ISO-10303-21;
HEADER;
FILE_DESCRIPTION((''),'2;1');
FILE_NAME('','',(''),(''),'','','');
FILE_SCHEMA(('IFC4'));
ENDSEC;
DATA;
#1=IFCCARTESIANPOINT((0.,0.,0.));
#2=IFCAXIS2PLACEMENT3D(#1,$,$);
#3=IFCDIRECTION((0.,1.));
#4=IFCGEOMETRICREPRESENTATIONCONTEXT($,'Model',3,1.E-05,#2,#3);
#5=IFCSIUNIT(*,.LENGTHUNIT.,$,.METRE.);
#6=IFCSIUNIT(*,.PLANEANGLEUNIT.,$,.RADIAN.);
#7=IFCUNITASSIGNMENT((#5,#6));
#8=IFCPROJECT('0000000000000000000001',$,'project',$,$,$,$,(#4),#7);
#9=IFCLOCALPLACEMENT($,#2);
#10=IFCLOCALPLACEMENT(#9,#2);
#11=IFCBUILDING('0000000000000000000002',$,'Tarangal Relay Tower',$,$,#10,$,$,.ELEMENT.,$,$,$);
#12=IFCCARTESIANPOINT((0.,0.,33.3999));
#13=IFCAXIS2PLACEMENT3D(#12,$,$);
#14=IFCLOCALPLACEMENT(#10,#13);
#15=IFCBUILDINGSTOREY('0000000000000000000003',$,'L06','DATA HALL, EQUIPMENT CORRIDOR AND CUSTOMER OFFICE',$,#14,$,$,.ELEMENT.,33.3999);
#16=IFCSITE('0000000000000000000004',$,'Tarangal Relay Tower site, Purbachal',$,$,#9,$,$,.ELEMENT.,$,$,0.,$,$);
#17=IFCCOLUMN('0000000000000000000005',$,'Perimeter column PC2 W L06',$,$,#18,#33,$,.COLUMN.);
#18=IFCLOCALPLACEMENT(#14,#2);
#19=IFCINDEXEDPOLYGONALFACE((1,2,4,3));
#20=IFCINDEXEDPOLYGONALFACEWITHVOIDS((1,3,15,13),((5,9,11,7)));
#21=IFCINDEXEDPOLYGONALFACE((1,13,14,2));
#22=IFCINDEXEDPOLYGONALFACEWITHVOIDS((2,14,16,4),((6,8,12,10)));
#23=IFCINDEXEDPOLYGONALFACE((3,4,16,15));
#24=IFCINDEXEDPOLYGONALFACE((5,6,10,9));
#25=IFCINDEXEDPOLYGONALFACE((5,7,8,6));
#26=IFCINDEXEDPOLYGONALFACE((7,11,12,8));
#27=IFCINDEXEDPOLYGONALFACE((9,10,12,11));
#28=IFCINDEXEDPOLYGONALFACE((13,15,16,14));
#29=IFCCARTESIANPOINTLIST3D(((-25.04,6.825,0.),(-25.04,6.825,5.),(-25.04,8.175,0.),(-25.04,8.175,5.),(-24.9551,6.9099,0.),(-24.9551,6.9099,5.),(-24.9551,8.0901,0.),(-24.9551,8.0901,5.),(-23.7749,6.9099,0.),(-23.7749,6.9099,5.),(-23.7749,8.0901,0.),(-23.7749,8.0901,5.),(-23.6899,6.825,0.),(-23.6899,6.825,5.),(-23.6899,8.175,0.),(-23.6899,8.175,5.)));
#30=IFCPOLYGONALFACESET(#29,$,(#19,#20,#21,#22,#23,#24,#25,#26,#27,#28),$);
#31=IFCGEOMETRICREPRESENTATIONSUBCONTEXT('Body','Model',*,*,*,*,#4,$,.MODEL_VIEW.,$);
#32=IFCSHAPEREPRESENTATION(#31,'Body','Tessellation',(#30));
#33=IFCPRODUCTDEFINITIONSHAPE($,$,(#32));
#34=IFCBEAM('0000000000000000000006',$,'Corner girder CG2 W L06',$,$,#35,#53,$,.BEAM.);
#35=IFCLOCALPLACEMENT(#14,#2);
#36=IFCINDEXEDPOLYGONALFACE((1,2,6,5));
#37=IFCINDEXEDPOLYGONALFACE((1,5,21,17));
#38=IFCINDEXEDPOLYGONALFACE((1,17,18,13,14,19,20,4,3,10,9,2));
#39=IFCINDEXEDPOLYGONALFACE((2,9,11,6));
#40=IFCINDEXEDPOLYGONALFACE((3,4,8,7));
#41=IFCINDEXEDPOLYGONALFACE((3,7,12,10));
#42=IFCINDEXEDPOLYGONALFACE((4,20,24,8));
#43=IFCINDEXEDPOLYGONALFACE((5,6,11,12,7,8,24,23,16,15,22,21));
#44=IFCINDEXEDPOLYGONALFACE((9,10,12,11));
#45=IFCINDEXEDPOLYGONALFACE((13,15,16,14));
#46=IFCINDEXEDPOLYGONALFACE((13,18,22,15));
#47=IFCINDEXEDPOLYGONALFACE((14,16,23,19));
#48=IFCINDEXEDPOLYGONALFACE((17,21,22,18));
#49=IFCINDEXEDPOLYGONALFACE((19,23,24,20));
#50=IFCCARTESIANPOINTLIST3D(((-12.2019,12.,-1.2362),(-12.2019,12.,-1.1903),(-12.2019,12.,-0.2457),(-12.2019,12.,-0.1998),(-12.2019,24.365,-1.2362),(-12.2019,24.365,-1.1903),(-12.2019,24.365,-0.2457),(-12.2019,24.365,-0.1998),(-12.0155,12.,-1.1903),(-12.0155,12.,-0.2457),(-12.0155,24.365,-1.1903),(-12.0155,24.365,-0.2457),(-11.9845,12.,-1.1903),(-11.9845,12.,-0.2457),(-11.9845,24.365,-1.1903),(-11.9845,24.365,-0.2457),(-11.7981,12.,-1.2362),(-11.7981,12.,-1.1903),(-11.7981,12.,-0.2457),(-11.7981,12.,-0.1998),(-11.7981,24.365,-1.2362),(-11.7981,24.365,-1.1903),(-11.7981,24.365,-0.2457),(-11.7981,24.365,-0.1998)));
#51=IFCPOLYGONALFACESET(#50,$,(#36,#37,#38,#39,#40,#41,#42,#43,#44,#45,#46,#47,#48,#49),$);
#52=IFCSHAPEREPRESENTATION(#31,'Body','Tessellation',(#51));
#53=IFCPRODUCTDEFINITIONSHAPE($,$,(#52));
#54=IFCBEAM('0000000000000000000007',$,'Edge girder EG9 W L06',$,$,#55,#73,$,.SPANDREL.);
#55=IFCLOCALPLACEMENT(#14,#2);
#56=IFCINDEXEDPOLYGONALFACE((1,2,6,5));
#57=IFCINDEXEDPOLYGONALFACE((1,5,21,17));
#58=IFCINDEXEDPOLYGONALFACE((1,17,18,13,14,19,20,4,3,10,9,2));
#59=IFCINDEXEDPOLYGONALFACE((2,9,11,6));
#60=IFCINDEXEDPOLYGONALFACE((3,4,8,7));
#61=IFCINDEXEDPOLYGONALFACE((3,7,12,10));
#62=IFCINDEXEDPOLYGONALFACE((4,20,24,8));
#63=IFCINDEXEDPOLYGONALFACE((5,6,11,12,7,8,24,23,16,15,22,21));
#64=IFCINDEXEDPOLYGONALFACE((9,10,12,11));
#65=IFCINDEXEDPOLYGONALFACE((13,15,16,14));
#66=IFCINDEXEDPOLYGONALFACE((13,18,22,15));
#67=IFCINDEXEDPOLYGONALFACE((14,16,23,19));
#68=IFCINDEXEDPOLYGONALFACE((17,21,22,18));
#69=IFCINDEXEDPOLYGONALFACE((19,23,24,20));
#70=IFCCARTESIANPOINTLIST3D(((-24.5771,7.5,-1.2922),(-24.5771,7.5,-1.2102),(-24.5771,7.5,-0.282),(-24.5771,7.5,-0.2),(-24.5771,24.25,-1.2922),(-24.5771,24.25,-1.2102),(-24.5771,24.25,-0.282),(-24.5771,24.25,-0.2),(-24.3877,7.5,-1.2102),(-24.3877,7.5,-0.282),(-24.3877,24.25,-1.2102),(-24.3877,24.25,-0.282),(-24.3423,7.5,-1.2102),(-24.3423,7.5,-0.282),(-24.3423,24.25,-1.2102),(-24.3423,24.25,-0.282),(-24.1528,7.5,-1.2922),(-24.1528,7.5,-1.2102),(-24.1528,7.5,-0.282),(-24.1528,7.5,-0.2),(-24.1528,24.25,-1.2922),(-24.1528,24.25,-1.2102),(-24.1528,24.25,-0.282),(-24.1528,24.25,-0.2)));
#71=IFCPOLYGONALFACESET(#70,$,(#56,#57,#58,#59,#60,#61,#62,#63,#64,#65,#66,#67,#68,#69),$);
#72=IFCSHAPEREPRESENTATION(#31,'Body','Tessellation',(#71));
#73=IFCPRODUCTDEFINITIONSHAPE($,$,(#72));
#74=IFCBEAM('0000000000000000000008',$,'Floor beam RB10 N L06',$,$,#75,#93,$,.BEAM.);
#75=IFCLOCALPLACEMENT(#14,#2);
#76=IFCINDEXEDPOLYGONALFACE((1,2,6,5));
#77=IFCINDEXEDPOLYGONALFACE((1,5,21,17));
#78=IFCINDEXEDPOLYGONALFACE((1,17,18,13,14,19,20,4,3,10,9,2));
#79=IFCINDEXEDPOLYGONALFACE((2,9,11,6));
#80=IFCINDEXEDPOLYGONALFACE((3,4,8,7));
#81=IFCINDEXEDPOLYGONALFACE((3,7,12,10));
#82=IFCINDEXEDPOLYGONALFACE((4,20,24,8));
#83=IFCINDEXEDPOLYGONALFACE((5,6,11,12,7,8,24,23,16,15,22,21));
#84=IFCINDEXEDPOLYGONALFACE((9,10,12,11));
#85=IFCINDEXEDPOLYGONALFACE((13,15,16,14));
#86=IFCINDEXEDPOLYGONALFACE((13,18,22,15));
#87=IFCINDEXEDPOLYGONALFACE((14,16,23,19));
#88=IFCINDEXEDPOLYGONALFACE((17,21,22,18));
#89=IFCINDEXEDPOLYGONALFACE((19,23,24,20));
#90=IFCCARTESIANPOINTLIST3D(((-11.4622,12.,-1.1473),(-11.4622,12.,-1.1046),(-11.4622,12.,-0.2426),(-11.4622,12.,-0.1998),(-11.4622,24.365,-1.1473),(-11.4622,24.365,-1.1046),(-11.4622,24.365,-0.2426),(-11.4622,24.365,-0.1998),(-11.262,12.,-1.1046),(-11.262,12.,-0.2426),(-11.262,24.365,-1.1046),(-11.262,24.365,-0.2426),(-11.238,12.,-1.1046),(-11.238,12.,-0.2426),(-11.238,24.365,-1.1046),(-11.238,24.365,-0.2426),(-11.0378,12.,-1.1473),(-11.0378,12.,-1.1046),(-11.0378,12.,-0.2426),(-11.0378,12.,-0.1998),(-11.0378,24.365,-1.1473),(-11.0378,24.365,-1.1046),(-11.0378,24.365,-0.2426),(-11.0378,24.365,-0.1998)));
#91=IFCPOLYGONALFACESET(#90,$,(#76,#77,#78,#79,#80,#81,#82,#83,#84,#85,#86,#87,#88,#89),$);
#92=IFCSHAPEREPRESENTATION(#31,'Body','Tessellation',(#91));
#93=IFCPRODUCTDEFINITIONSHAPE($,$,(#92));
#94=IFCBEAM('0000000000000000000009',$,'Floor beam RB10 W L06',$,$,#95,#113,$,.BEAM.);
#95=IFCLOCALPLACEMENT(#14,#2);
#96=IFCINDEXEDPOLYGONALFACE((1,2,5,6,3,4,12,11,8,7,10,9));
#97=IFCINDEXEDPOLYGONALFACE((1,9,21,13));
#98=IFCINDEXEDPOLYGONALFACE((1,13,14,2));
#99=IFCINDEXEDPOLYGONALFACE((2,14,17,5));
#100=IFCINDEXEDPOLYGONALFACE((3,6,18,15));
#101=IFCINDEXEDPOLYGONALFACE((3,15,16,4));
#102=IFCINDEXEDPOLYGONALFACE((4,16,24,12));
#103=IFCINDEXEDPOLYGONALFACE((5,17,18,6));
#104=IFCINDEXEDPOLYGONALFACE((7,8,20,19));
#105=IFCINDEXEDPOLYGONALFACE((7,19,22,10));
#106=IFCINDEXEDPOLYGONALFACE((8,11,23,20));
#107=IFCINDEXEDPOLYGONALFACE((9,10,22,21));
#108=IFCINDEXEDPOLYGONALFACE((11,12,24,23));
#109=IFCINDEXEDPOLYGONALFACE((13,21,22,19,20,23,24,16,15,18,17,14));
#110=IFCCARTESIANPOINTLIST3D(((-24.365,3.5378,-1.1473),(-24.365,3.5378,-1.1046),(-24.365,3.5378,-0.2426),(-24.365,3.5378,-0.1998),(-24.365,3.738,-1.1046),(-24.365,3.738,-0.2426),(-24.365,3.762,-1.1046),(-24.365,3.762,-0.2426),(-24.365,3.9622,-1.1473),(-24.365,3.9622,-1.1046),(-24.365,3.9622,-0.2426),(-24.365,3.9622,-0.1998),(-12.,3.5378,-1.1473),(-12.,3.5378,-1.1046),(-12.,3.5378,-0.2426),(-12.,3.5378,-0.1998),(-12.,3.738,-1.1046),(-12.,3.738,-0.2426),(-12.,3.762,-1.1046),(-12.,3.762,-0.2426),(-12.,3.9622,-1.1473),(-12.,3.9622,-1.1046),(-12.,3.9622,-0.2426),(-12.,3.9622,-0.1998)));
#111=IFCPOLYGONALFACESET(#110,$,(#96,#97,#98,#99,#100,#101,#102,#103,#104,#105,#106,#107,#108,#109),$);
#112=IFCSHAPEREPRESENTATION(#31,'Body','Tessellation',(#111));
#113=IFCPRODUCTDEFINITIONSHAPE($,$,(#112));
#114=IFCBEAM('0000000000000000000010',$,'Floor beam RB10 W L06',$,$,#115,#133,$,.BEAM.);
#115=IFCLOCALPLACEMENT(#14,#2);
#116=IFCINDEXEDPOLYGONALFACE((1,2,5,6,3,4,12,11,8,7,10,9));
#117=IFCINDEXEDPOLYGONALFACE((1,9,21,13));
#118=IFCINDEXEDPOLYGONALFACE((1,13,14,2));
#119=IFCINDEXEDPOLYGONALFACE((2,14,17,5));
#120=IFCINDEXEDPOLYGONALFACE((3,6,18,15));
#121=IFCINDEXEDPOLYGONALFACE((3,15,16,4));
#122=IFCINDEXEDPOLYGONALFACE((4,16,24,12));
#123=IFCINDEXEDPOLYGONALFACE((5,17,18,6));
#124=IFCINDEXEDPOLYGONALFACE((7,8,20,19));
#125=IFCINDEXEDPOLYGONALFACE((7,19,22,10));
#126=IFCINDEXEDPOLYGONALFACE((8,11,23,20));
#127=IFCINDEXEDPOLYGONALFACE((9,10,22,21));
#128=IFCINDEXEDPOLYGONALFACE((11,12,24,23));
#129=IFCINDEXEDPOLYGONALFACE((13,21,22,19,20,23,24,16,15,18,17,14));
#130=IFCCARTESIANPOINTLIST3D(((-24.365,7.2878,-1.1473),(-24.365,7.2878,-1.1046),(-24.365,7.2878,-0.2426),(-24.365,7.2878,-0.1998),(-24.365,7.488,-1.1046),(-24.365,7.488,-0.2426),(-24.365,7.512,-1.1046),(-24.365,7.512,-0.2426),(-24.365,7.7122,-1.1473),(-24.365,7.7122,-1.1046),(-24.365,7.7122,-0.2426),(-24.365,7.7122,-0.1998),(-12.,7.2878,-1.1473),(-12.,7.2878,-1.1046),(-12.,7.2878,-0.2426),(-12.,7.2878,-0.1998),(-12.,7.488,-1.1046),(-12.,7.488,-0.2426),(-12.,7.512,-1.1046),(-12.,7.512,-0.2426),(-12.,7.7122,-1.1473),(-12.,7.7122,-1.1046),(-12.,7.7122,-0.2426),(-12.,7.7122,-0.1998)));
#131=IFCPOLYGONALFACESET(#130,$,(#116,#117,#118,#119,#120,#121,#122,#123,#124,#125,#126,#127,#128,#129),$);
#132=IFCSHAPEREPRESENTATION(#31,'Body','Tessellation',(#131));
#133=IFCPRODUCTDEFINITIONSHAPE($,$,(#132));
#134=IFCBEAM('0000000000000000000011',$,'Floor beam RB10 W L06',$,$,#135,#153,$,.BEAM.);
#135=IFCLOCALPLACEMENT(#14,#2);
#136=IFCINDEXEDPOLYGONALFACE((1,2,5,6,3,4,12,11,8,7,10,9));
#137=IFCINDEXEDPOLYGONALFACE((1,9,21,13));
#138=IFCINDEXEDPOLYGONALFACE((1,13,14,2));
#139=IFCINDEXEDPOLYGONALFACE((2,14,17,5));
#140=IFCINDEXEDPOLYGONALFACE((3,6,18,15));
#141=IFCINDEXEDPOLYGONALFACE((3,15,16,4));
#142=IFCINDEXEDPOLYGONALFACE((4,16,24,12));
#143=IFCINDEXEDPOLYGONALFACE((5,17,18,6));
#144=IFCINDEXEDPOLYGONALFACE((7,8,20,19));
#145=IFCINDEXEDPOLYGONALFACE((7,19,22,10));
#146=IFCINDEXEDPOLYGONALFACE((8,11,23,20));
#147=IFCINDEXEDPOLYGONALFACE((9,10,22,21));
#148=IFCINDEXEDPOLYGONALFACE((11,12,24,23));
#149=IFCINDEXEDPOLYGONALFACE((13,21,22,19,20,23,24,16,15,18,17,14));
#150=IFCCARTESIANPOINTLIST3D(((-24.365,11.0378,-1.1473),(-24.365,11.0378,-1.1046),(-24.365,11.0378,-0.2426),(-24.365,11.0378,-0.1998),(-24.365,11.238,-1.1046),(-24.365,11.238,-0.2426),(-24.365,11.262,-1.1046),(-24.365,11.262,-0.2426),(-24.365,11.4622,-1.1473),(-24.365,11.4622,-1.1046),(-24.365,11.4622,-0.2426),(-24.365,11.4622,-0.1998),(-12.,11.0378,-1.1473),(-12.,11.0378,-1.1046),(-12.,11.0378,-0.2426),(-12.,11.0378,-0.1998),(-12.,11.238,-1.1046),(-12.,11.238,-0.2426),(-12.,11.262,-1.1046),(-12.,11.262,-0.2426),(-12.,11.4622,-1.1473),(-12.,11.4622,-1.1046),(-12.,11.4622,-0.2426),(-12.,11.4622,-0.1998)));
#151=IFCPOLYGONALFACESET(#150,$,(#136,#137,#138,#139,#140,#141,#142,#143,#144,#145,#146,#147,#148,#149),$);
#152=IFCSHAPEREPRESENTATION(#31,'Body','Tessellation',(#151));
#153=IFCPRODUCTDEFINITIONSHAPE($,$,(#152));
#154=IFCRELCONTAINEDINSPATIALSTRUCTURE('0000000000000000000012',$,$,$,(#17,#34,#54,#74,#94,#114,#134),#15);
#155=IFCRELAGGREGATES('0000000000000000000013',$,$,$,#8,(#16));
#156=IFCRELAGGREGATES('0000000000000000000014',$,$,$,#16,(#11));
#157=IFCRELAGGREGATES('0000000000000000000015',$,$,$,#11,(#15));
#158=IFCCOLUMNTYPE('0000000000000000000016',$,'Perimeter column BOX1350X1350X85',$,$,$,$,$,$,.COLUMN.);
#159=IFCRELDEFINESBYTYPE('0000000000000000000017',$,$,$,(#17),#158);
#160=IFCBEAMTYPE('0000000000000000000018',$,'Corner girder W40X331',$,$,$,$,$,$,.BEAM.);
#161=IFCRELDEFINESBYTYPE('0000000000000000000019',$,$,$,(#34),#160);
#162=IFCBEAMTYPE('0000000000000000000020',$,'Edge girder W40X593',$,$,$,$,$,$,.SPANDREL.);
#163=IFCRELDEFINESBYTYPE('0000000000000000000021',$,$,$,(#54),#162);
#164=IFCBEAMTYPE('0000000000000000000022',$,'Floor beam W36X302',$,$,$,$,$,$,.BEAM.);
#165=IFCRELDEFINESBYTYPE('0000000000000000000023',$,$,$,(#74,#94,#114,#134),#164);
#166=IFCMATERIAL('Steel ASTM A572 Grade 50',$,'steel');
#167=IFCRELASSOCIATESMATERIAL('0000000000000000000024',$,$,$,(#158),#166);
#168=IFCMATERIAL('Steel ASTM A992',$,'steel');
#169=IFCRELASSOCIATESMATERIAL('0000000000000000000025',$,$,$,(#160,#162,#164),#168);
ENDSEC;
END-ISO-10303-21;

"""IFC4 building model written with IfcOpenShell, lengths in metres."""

from ifc_helpers import new_model, si_unit, direction, frame, origin, origin_2d, place, context, subcontext, project, spatial, hollow_rectangle, i_section, extrude, material, material_profile, profile_set, type_object, element, save


model = new_model("IFC4")

# Units and contexts
model_context = context("Model", 3, precision=1e-05, world=origin(), true_north=direction((0.0, 1.0)))
body_context = subcontext(model_context, "Body", "Model", "MODEL_VIEW")
ifc_project = project(units=[si_unit("LENGTHUNIT", "METRE"), si_unit("PLANEANGLEUNIT", "RADIAN")], contexts=[model_context])

# Site, building, storey
site_placement = place(None, origin())
site = spatial("IfcSite", under=ifc_project, at=site_placement, Name="Tarangal Relay Tower site, Purbachal", CompositionType="ELEMENT", RefElevation=0.0)
building_placement = place(site_placement, origin())
building = spatial("IfcBuilding", under=site, at=building_placement, Name="Tarangal Relay Tower", CompositionType="ELEMENT")
storey_placement = place(building_placement, frame((0.0, 0.0, 33.3999)))
storey = spatial("IfcBuildingStorey", under=building, at=storey_placement, Name="L06", Description="DATA HALL, EQUIPMENT CORRIDOR AND CUSTOMER OFFICE", CompositionType="ELEMENT", Elevation=33.3999)

# Column
ifc_material_1 = material(Name="Steel ASTM A572 Grade 50", Category="steel")
ifc_material_profile_1 = material_profile(ifc_material_1, hollow_rectangle(XDim=1.3501, YDim=1.3501, WallThickness=0.085, at=origin_2d()), Name="BOX1350X1350X85")
ifc_profile_set_1 = profile_set([ifc_material_profile_1], Name="Steel ASTM A572 Grade 50")
column_type = type_object("IfcColumnType", Name="Perimeter column BOX1350X1350X85", PredefinedType="COLUMN", material=ifc_profile_set_1)
column_placement = place(storey_placement, frame((-24.365, 7.5, 0.0), z_axis=(0.0, 0.0, 1.0), x_axis=(1.0, 0.0, 0.0)))
element("IfcColumn", 1, at=column_placement, inside=storey, type_object=column_type, Name="Perimeter column PC2 W L06", PredefinedType="COLUMN", context=body_context, shape_type="SweptSolid", body=[
    extrude(hollow_rectangle(XDim=1.3501, YDim=1.3501, WallThickness=0.085, at=origin_2d()), origin(), (0.0, 0.0, 1.0), 5.0),
])

# Beams
ifc_material_2 = material(Name="Steel ASTM A992", Category="steel")
ifc_material_profile_2 = material_profile(ifc_material_2, i_section(OverallWidth=0.4038, OverallDepth=1.0364, WebThickness=0.031, FlangeThickness=0.0459, at=origin_2d()), Name="W40X331")
ifc_profile_set_2 = profile_set([ifc_material_profile_2], Name="Steel ASTM A992")
beam_type_1 = type_object("IfcBeamType", Name="Corner girder W40X331", PredefinedType="BEAM", material=ifc_profile_set_2)
beam_1_placement = place(storey_placement, frame((-12.0, 12.0, -0.718), z_axis=(0.0, 1.0, 0.0), x_axis=(-1.0, 0.0, 0.0)))
element("IfcBeam", 2, at=beam_1_placement, inside=storey, type_object=beam_type_1, Name="Corner girder CG2 W L06", PredefinedType="BEAM", context=body_context, shape_type="SweptSolid", body=[
    extrude(i_section(OverallWidth=0.4038, OverallDepth=1.0364, WebThickness=0.031, FlangeThickness=0.0459, at=origin_2d()), origin(), (0.0, 0.0, 1.0), 12.365),
])
ifc_material_profile_3 = material_profile(ifc_material_2, i_section(OverallWidth=0.4243, OverallDepth=1.0923, WebThickness=0.0454, FlangeThickness=0.082, at=origin_2d()), Name="W40X593")
ifc_profile_set_3 = profile_set([ifc_material_profile_3], Name="Steel ASTM A992")
beam_type_2 = type_object("IfcBeamType", Name="Edge girder W40X593", PredefinedType="SPANDREL", material=ifc_profile_set_3)
beam_2_placement = place(storey_placement, frame((-24.365, 7.5, -0.7461), z_axis=(0.0, 1.0, 0.0), x_axis=(-1.0, 0.0, 0.0)))
element("IfcBeam", 3, at=beam_2_placement, inside=storey, type_object=beam_type_2, Name="Edge girder EG9 W L06", PredefinedType="SPANDREL", context=body_context, shape_type="SweptSolid", body=[
    extrude(i_section(OverallWidth=0.4243, OverallDepth=1.0923, WebThickness=0.0454, FlangeThickness=0.082, at=origin_2d()), origin(), (0.0, 0.0, 1.0), 16.75),
])
ifc_material_profile_4 = material_profile(ifc_material_2, i_section(OverallWidth=0.4243, OverallDepth=0.9475, WebThickness=0.0239, FlangeThickness=0.0427, at=origin_2d()), Name="W36X302")
ifc_profile_set_4 = profile_set([ifc_material_profile_4], Name="Steel ASTM A992")
beam_type_3 = type_object("IfcBeamType", Name="Floor beam W36X302", PredefinedType="BEAM", material=ifc_profile_set_4)
for number, where, z_axis, x_axis, name in (
    (4, (-11.25, 12.0, -0.6736), (0.0, 1.0, 0.0), (-1.0, 0.0, 0.0), "Floor beam RB10 N L06"),
    (5, (-12.0, 3.75, -0.6736), (-1.0, 0.0, 0.0), (0.0, -1.0, 0.0), "Floor beam RB10 W L06"),
    (6, (-12.0, 7.5, -0.6736), (-1.0, 0.0, 0.0), (0.0, -1.0, 0.0), "Floor beam RB10 W L06"),
    (7, (-12.0, 11.25, -0.6736), (-1.0, 0.0, 0.0), (0.0, -1.0, 0.0), "Floor beam RB10 W L06"),
):
    element("IfcBeam", number, at=place(storey_placement, frame(where, z_axis=z_axis, x_axis=x_axis)), inside=storey, type_object=beam_type_3, Name=name, PredefinedType="BEAM", context=body_context, shape_type="SweptSolid", body=[
        extrude(i_section(OverallWidth=0.4243, OverallDepth=0.9475, WebThickness=0.0239, FlangeThickness=0.0427, at=origin_2d()), origin(), (0.0, 0.0, 1.0), 12.365),
    ])

save(model, "model.ifc")
